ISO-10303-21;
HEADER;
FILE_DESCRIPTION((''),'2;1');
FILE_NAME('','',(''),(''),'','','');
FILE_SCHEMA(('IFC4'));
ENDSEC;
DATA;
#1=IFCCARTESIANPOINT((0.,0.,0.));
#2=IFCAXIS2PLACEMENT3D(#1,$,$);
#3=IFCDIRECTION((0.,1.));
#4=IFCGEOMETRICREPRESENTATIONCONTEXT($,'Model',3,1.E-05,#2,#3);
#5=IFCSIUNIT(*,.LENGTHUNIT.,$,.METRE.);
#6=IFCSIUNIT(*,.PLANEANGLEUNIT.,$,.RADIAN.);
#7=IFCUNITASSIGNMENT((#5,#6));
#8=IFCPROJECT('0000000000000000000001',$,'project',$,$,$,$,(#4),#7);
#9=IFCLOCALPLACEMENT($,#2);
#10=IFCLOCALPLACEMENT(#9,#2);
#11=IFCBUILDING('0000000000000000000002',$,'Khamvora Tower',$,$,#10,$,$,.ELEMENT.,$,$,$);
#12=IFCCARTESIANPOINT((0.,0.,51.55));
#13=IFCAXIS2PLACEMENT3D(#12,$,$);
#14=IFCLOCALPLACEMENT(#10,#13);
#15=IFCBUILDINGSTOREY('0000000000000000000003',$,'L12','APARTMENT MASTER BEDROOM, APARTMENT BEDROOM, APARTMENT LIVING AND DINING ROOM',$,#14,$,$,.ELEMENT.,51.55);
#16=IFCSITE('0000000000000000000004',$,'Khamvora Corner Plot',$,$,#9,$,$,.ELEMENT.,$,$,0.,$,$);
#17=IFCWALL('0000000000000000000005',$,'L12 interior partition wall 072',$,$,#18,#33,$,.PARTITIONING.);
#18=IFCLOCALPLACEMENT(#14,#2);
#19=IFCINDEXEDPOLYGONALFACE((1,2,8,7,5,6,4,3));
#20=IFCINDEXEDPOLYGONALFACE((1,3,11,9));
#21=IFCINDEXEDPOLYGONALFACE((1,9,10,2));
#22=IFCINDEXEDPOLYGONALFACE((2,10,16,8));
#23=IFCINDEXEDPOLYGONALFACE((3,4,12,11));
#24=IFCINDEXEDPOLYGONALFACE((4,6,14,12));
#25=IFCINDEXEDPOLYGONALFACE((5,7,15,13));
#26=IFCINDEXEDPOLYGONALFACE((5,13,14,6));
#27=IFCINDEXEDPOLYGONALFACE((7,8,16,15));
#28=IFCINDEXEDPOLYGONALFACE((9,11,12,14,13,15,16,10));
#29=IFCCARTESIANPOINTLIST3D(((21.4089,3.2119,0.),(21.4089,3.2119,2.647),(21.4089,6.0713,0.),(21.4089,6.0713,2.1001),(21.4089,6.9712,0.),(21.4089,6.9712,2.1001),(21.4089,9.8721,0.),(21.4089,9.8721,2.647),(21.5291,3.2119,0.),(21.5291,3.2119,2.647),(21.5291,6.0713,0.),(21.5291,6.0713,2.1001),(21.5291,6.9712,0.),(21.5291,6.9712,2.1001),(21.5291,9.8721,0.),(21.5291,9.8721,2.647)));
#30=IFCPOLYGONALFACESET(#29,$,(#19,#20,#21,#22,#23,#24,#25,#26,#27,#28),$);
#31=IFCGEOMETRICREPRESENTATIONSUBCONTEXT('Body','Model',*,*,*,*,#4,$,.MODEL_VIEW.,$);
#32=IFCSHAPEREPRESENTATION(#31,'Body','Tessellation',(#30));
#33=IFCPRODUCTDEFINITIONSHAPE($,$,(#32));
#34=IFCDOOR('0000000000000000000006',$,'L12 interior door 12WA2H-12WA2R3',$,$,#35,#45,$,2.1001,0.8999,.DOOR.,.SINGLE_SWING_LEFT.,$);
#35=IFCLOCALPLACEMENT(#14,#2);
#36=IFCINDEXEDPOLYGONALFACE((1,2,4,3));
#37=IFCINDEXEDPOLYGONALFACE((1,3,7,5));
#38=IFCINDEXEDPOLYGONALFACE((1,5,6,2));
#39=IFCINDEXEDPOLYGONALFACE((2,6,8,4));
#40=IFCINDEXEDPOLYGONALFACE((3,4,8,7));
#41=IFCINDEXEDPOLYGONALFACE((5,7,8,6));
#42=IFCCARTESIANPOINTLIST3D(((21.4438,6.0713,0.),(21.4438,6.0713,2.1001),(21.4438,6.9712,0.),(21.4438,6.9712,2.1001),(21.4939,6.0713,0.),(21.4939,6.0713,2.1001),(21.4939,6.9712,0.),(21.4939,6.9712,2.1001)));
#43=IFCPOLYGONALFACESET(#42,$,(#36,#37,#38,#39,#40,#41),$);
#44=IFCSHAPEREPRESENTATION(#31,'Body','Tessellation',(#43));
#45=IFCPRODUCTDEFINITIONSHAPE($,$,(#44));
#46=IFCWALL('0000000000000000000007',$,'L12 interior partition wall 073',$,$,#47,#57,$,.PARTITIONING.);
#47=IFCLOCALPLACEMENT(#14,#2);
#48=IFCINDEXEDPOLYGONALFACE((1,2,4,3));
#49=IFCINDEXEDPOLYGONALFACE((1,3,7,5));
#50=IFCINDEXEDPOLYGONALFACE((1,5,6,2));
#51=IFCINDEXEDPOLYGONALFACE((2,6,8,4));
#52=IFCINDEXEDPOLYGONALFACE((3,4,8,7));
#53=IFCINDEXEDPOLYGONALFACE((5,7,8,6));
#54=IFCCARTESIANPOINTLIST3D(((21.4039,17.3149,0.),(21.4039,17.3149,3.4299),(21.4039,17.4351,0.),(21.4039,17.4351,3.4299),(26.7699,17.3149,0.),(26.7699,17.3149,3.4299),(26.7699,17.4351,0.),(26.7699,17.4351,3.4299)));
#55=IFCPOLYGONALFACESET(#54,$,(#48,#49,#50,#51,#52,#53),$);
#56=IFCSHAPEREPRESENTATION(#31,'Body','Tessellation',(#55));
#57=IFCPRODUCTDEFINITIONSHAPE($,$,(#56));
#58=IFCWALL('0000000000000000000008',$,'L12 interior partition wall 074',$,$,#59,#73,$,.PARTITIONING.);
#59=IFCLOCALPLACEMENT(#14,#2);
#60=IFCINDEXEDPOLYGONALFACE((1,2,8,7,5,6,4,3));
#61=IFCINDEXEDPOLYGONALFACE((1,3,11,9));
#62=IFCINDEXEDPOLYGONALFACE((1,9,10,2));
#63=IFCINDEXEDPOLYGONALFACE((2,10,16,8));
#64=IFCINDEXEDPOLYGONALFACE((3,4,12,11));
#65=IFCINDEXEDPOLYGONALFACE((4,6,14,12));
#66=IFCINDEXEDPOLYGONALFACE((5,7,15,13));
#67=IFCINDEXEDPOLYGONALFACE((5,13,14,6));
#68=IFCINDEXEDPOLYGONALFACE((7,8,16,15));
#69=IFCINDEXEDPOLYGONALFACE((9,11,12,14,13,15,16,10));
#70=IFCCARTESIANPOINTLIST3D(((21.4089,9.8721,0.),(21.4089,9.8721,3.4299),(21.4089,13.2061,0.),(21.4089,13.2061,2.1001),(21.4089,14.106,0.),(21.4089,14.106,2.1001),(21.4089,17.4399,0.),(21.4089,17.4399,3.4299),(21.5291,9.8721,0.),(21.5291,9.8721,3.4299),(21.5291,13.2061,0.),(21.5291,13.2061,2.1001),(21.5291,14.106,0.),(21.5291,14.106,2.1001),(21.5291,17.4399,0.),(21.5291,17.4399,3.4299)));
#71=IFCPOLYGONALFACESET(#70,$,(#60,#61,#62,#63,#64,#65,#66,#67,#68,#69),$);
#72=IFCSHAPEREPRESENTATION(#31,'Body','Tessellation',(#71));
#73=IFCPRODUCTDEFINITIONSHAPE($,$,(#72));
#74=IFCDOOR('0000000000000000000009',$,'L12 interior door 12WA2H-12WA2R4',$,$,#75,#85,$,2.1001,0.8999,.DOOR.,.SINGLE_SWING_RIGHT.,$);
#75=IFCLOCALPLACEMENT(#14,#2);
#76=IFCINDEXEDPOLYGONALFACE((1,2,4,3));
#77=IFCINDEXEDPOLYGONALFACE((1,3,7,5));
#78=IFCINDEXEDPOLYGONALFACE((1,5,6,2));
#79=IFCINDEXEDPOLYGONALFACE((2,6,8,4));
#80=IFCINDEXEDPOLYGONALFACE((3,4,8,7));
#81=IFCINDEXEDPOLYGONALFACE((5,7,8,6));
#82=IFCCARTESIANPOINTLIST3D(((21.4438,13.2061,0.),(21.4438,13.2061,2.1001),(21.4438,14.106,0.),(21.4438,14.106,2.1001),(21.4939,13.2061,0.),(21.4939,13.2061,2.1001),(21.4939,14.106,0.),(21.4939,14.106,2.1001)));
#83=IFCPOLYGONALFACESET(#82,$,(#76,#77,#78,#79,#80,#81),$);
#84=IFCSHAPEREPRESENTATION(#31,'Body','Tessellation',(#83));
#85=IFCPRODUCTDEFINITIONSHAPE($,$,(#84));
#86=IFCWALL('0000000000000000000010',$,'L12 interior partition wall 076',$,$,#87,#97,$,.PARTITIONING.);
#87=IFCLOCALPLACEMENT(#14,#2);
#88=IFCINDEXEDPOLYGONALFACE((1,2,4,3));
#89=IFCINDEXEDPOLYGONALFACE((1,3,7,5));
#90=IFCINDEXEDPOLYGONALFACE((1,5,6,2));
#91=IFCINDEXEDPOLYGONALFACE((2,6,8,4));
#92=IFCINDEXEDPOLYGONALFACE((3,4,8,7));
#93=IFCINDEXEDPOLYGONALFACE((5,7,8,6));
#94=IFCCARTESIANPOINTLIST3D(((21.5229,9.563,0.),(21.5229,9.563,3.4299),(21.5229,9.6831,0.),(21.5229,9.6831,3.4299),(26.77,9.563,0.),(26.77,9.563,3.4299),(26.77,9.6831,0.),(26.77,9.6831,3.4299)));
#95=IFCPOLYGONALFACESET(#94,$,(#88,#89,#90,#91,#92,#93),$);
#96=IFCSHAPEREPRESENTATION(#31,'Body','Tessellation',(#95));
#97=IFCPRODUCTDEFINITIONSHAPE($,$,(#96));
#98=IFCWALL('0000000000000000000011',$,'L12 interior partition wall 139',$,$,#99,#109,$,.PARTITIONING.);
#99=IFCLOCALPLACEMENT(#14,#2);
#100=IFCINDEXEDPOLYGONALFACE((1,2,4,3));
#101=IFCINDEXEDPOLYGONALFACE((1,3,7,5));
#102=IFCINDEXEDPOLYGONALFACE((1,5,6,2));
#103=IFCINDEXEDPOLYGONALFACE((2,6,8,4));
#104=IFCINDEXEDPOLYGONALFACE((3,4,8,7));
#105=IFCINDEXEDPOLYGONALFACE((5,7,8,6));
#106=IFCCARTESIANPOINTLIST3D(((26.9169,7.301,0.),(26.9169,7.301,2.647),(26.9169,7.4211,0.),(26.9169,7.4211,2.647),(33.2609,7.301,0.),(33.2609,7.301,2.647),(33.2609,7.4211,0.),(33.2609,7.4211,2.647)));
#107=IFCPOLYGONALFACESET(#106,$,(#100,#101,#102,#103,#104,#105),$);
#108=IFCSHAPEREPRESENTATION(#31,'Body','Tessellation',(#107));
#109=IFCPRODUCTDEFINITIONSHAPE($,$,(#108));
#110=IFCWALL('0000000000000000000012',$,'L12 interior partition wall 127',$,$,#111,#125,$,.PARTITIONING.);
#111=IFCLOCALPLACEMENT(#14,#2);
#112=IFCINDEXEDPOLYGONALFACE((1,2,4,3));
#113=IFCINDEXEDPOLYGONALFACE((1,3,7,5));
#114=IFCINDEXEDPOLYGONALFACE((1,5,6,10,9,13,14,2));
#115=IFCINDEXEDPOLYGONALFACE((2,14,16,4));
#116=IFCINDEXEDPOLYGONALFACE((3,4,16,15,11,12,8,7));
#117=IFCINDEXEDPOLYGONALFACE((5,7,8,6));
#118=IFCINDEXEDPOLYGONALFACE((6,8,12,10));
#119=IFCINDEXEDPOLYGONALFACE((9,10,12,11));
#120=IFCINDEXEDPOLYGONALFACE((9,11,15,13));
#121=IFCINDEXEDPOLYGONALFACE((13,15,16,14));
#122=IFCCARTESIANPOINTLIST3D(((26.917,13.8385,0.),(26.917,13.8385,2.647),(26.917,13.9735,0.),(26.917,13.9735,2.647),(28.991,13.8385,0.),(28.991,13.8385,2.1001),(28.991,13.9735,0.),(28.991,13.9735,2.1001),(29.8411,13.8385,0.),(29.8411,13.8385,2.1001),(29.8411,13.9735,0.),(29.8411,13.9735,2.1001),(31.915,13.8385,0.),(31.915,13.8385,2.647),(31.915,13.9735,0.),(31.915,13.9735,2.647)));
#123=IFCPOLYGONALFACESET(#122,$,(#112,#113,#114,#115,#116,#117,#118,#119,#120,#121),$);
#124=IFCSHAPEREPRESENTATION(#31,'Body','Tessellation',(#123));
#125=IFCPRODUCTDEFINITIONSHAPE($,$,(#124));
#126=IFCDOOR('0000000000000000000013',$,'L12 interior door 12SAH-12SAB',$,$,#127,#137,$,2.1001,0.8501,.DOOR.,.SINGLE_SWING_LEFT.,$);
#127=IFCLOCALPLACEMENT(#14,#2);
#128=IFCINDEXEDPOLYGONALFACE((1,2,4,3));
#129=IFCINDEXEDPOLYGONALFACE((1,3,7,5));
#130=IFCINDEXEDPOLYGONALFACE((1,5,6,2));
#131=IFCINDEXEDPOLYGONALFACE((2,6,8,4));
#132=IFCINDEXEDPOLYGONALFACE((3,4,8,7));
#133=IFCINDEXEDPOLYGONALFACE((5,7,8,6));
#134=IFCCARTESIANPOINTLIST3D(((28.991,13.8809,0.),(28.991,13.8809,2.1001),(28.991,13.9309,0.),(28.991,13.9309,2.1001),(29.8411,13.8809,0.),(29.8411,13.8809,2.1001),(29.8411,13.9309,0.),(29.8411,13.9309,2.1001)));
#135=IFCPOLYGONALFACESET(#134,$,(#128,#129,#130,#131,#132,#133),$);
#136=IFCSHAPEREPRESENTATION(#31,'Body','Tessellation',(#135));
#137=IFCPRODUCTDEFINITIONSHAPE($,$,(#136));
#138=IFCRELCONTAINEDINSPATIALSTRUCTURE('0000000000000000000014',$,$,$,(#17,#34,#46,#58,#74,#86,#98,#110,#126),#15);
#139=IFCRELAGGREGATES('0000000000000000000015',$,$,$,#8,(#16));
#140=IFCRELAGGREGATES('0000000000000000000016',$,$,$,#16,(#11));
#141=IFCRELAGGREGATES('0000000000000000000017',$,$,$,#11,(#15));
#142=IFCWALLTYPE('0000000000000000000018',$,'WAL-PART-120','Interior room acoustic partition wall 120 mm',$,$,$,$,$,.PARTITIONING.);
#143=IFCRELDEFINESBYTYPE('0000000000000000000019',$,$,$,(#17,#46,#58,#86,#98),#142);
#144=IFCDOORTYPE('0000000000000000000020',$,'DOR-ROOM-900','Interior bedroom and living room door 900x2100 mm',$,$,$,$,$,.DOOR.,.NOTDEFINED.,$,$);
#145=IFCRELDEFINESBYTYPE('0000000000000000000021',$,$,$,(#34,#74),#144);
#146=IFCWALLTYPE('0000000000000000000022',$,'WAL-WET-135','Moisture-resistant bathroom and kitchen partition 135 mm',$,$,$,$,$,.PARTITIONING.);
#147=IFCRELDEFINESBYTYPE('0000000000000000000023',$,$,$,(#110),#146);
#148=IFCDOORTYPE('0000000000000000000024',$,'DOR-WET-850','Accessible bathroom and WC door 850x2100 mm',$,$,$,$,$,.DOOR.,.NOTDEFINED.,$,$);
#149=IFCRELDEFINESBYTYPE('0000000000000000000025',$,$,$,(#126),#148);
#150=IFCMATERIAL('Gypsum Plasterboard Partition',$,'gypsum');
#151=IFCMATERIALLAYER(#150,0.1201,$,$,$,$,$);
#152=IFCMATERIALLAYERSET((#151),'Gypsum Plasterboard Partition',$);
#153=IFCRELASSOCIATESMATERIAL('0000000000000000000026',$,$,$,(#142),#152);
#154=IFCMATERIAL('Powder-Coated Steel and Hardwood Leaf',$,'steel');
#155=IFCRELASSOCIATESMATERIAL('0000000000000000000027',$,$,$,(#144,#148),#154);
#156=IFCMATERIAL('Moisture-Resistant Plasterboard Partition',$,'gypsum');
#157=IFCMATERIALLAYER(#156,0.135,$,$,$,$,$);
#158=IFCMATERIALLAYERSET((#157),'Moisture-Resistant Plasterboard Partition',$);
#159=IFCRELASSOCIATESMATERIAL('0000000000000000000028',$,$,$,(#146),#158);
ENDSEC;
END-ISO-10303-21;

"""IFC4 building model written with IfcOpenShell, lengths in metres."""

from ifc_helpers import new_model, si_unit, direction, frame, frame_2d, origin, place, context, subcontext, project, spatial, rectangle, extrude, material, layer, layer_set, type_object, element, fill, save


model = new_model("IFC4")

# Units and contexts
model_context = context("Model", 3, precision=1e-05, world=origin(), true_north=direction((0.0, 1.0)))
body_context = subcontext(model_context, "Body", "Model", "MODEL_VIEW")
ifc_project = project(units=[si_unit("LENGTHUNIT", "METRE"), si_unit("PLANEANGLEUNIT", "RADIAN")], contexts=[model_context])

# Site, building, storey
site_placement = place(None, origin())
site = spatial("IfcSite", under=ifc_project, at=site_placement, Name="Khamvora Corner Plot", CompositionType="ELEMENT", RefElevation=0.0)
building_placement = place(site_placement, origin())
building = spatial("IfcBuilding", under=site, at=building_placement, Name="Khamvora Tower", CompositionType="ELEMENT")
storey_placement = place(building_placement, frame((0.0, 0.0, 51.55)))
storey = spatial("IfcBuildingStorey", under=building, at=storey_placement, Name="L12", Description="APARTMENT MASTER BEDROOM, APARTMENT BEDROOM, APARTMENT LIVING AND DINING ROOM", CompositionType="ELEMENT", Elevation=51.55)

# Shared definitions
ifc_material_1 = material(Name="Gypsum Plasterboard Partition", Category="gypsum")
ifc_layer_1 = layer(ifc_material_1, 0.1201)
ifc_layer_set_1 = layer_set([ifc_layer_1], Name="Gypsum Plasterboard Partition")
wall_type_1 = type_object("IfcWallType", Name="WAL-PART-120", Description="Interior room acoustic partition wall 120 mm", PredefinedType="PARTITIONING", material=ifc_layer_set_1)
ifc_material_2 = material(Name="Powder-Coated Steel and Hardwood Leaf", Category="steel")
door_type_1 = type_object("IfcDoorType", Name="DOR-ROOM-900", Description="Interior bedroom and living room door 900x2100 mm", OperationType="NOTDEFINED", PredefinedType="DOOR", material=ifc_material_2)

# Wall, opening, door
wall_1_placement = place(storey_placement, frame((21.469, 9.8721, 0.0), z_axis=(0.0, 0.0, 1.0), x_axis=(0.0, -1.0, 0.0)))
wall_1 = element("IfcWall", 1, at=wall_1_placement, inside=storey, type_object=wall_type_1, Name="L12 interior partition wall 072", PredefinedType="PARTITIONING", context=body_context, shape_type="SweptSolid", body=[
    extrude(rectangle(XDim=6.6602, YDim=0.1201, at=frame_2d((3.3301, 0.0))), origin(), (0.0, 0.0, 1.0), 2.647),
])
opening_1_placement = place(wall_1_placement, frame((2.9009, 0.0, 0.0)))
opening_1 = element("IfcOpeningElement", 2, at=opening_1_placement, cuts=wall_1, PredefinedType="OPENING", context=body_context, shape_type="SweptSolid", body=[
    extrude(rectangle(XDim=0.8999, YDim=2.1001, at=frame_2d((0.45, 1.05))), frame((0.0, 0.0701, 0.0), z_axis=(0.0, -1.0, 0.0), x_axis=(1.0, 0.0, 0.0)), (0.0, 0.0, 1.0), 0.1401),
])
door_1_placement = place(opening_1_placement, origin())
door_1 = element("IfcDoor", 3, at=door_1_placement, inside=storey, type_object=door_type_1, Name="L12 interior door 12WA2H-12WA2R3", OperationType="SINGLE_SWING_LEFT", OverallHeight=2.1001, OverallWidth=0.8999, PredefinedType="DOOR", context=body_context, shape_type="SweptSolid", body=[
    extrude(rectangle(XDim=0.8999, YDim=2.1001, at=frame_2d((0.45, 1.05))), frame((0.0, 0.0249, 0.0), z_axis=(0.0, -1.0, 0.0), x_axis=(1.0, 0.0, 0.0)), (0.0, 0.0, 1.0), 0.05),
])
fill(opening_1, door_1)

# Wall
wall_2_placement = place(storey_placement, frame((26.77, 17.375, 0.0), z_axis=(0.0, 0.0, 1.0), x_axis=(-1.0, 0.0, 0.0)))
element("IfcWall", 4, at=wall_2_placement, inside=storey, type_object=wall_type_1, Name="L12 interior partition wall 073", PredefinedType="PARTITIONING", context=body_context, shape_type="SweptSolid", body=[
    extrude(rectangle(XDim=5.366, YDim=0.1201, at=frame_2d((2.6831, 0.0))), origin(), (0.0, 0.0, 1.0), 3.4299),
])

# Wall, opening, door
wall_3_placement = place(storey_placement, frame((21.469, 17.4399, 0.0), z_axis=(0.0, 0.0, 1.0), x_axis=(0.0, -1.0, 0.0)))
wall_3 = element("IfcWall", 5, at=wall_3_placement, inside=storey, type_object=wall_type_1, Name="L12 interior partition wall 074", PredefinedType="PARTITIONING", context=body_context, shape_type="SweptSolid", body=[
    extrude(rectangle(XDim=7.5679, YDim=0.1201, at=frame_2d((3.7839, 0.0))), origin(), (0.0, 0.0, 1.0), 3.4299),
])
opening_2_placement = place(wall_3_placement, frame((3.334, 0.0, 0.0)))
opening_2 = element("IfcOpeningElement", 6, at=opening_2_placement, cuts=wall_3, PredefinedType="OPENING", context=body_context, shape_type="SweptSolid", body=[
    extrude(rectangle(XDim=0.8999, YDim=2.1001, at=frame_2d((0.45, 1.05))), frame((0.0, 0.0701, 0.0), z_axis=(0.0, -1.0, 0.0), x_axis=(1.0, 0.0, 0.0)), (0.0, 0.0, 1.0), 0.1401),
])
door_2_placement = place(opening_2_placement, origin())
door_2 = element("IfcDoor", 7, at=door_2_placement, inside=storey, type_object=door_type_1, Name="L12 interior door 12WA2H-12WA2R4", OperationType="SINGLE_SWING_RIGHT", OverallHeight=2.1001, OverallWidth=0.8999, PredefinedType="DOOR", context=body_context, shape_type="SweptSolid", body=[
    extrude(rectangle(XDim=0.8999, YDim=2.1001, at=frame_2d((0.45, 1.05))), frame((0.0, 0.0249, 0.0), z_axis=(0.0, -1.0, 0.0), x_axis=(1.0, 0.0, 0.0)), (0.0, 0.0, 1.0), 0.05),
])
fill(opening_2, door_2)

# Walls
wall_4_placement = place(storey_placement, frame((21.5229, 9.623, 0.0), z_axis=(0.0, 0.0, 1.0), x_axis=(1.0, 0.0, 0.0)))
element("IfcWall", 8, at=wall_4_placement, inside=storey, type_object=wall_type_1, Name="L12 interior partition wall 076", PredefinedType="PARTITIONING", context=body_context, shape_type="SweptSolid", body=[
    extrude(rectangle(XDim=5.2471, YDim=0.1201, at=frame_2d((2.6235, 0.0))), origin(), (0.0, 0.0, 1.0), 3.4299),
])
wall_5_placement = place(storey_placement, frame((26.917, 7.3611, 0.0), z_axis=(0.0, 0.0, 1.0), x_axis=(1.0, 0.0, 0.0)))
element("IfcWall", 9, at=wall_5_placement, inside=storey, type_object=wall_type_1, Name="L12 interior partition wall 139", PredefinedType="PARTITIONING", context=body_context, shape_type="SweptSolid", body=[
    extrude(rectangle(XDim=6.344, YDim=0.1201, at=frame_2d((3.1719, 0.0))), origin(), (0.0, 0.0, 1.0), 2.647),
])

# Wall, opening, door
ifc_material_3 = material(Name="Moisture-Resistant Plasterboard Partition", Category="gypsum")
ifc_layer_2 = layer(ifc_material_3, 0.135)
ifc_layer_set_2 = layer_set([ifc_layer_2], Name="Moisture-Resistant Plasterboard Partition")
wall_type_2 = type_object("IfcWallType", Name="WAL-WET-135", Description="Moisture-resistant bathroom and kitchen partition 135 mm", PredefinedType="PARTITIONING", material=ifc_layer_set_2)
wall_6_placement = place(storey_placement, frame((26.917, 13.906, 0.0), z_axis=(0.0, 0.0, 1.0), x_axis=(1.0, 0.0, 0.0)))
wall_6 = element("IfcWall", 10, at=wall_6_placement, inside=storey, type_object=wall_type_2, Name="L12 interior partition wall 127", PredefinedType="PARTITIONING", context=body_context, shape_type="SweptSolid", body=[
    extrude(rectangle(XDim=4.998, YDim=0.135, at=frame_2d((2.499, 0.0))), origin(), (0.0, 0.0, 1.0), 2.647),
])
opening_3_placement = place(wall_6_placement, frame((2.074, 0.0, 0.0)))
opening_3 = element("IfcOpeningElement", 11, at=opening_3_placement, cuts=wall_6, PredefinedType="OPENING", context=body_context, shape_type="SweptSolid", body=[
    extrude(rectangle(XDim=0.8501, YDim=2.1001, at=frame_2d((0.425, 1.05))), frame((0.0, 0.0774, 0.0), z_axis=(0.0, -1.0, 0.0), x_axis=(1.0, 0.0, 0.0)), (0.0, 0.0, 1.0), 0.155),
])
door_type_2 = type_object("IfcDoorType", Name="DOR-WET-850", Description="Accessible bathroom and WC door 850x2100 mm", OperationType="NOTDEFINED", PredefinedType="DOOR", material=ifc_material_2)
door_3_placement = place(opening_3_placement, origin())
door_3 = element("IfcDoor", 12, at=door_3_placement, inside=storey, type_object=door_type_2, Name="L12 interior door 12SAH-12SAB", OperationType="SINGLE_SWING_LEFT", OverallHeight=2.1001, OverallWidth=0.8501, PredefinedType="DOOR", context=body_context, shape_type="SweptSolid", body=[
    extrude(rectangle(XDim=0.8501, YDim=2.1001, at=frame_2d((0.425, 1.05))), frame((0.0, 0.0249, 0.0), z_axis=(0.0, -1.0, 0.0), x_axis=(1.0, 0.0, 0.0)), (0.0, 0.0, 1.0), 0.05),
])
fill(opening_3, door_3)

save(model, "model.ifc")
